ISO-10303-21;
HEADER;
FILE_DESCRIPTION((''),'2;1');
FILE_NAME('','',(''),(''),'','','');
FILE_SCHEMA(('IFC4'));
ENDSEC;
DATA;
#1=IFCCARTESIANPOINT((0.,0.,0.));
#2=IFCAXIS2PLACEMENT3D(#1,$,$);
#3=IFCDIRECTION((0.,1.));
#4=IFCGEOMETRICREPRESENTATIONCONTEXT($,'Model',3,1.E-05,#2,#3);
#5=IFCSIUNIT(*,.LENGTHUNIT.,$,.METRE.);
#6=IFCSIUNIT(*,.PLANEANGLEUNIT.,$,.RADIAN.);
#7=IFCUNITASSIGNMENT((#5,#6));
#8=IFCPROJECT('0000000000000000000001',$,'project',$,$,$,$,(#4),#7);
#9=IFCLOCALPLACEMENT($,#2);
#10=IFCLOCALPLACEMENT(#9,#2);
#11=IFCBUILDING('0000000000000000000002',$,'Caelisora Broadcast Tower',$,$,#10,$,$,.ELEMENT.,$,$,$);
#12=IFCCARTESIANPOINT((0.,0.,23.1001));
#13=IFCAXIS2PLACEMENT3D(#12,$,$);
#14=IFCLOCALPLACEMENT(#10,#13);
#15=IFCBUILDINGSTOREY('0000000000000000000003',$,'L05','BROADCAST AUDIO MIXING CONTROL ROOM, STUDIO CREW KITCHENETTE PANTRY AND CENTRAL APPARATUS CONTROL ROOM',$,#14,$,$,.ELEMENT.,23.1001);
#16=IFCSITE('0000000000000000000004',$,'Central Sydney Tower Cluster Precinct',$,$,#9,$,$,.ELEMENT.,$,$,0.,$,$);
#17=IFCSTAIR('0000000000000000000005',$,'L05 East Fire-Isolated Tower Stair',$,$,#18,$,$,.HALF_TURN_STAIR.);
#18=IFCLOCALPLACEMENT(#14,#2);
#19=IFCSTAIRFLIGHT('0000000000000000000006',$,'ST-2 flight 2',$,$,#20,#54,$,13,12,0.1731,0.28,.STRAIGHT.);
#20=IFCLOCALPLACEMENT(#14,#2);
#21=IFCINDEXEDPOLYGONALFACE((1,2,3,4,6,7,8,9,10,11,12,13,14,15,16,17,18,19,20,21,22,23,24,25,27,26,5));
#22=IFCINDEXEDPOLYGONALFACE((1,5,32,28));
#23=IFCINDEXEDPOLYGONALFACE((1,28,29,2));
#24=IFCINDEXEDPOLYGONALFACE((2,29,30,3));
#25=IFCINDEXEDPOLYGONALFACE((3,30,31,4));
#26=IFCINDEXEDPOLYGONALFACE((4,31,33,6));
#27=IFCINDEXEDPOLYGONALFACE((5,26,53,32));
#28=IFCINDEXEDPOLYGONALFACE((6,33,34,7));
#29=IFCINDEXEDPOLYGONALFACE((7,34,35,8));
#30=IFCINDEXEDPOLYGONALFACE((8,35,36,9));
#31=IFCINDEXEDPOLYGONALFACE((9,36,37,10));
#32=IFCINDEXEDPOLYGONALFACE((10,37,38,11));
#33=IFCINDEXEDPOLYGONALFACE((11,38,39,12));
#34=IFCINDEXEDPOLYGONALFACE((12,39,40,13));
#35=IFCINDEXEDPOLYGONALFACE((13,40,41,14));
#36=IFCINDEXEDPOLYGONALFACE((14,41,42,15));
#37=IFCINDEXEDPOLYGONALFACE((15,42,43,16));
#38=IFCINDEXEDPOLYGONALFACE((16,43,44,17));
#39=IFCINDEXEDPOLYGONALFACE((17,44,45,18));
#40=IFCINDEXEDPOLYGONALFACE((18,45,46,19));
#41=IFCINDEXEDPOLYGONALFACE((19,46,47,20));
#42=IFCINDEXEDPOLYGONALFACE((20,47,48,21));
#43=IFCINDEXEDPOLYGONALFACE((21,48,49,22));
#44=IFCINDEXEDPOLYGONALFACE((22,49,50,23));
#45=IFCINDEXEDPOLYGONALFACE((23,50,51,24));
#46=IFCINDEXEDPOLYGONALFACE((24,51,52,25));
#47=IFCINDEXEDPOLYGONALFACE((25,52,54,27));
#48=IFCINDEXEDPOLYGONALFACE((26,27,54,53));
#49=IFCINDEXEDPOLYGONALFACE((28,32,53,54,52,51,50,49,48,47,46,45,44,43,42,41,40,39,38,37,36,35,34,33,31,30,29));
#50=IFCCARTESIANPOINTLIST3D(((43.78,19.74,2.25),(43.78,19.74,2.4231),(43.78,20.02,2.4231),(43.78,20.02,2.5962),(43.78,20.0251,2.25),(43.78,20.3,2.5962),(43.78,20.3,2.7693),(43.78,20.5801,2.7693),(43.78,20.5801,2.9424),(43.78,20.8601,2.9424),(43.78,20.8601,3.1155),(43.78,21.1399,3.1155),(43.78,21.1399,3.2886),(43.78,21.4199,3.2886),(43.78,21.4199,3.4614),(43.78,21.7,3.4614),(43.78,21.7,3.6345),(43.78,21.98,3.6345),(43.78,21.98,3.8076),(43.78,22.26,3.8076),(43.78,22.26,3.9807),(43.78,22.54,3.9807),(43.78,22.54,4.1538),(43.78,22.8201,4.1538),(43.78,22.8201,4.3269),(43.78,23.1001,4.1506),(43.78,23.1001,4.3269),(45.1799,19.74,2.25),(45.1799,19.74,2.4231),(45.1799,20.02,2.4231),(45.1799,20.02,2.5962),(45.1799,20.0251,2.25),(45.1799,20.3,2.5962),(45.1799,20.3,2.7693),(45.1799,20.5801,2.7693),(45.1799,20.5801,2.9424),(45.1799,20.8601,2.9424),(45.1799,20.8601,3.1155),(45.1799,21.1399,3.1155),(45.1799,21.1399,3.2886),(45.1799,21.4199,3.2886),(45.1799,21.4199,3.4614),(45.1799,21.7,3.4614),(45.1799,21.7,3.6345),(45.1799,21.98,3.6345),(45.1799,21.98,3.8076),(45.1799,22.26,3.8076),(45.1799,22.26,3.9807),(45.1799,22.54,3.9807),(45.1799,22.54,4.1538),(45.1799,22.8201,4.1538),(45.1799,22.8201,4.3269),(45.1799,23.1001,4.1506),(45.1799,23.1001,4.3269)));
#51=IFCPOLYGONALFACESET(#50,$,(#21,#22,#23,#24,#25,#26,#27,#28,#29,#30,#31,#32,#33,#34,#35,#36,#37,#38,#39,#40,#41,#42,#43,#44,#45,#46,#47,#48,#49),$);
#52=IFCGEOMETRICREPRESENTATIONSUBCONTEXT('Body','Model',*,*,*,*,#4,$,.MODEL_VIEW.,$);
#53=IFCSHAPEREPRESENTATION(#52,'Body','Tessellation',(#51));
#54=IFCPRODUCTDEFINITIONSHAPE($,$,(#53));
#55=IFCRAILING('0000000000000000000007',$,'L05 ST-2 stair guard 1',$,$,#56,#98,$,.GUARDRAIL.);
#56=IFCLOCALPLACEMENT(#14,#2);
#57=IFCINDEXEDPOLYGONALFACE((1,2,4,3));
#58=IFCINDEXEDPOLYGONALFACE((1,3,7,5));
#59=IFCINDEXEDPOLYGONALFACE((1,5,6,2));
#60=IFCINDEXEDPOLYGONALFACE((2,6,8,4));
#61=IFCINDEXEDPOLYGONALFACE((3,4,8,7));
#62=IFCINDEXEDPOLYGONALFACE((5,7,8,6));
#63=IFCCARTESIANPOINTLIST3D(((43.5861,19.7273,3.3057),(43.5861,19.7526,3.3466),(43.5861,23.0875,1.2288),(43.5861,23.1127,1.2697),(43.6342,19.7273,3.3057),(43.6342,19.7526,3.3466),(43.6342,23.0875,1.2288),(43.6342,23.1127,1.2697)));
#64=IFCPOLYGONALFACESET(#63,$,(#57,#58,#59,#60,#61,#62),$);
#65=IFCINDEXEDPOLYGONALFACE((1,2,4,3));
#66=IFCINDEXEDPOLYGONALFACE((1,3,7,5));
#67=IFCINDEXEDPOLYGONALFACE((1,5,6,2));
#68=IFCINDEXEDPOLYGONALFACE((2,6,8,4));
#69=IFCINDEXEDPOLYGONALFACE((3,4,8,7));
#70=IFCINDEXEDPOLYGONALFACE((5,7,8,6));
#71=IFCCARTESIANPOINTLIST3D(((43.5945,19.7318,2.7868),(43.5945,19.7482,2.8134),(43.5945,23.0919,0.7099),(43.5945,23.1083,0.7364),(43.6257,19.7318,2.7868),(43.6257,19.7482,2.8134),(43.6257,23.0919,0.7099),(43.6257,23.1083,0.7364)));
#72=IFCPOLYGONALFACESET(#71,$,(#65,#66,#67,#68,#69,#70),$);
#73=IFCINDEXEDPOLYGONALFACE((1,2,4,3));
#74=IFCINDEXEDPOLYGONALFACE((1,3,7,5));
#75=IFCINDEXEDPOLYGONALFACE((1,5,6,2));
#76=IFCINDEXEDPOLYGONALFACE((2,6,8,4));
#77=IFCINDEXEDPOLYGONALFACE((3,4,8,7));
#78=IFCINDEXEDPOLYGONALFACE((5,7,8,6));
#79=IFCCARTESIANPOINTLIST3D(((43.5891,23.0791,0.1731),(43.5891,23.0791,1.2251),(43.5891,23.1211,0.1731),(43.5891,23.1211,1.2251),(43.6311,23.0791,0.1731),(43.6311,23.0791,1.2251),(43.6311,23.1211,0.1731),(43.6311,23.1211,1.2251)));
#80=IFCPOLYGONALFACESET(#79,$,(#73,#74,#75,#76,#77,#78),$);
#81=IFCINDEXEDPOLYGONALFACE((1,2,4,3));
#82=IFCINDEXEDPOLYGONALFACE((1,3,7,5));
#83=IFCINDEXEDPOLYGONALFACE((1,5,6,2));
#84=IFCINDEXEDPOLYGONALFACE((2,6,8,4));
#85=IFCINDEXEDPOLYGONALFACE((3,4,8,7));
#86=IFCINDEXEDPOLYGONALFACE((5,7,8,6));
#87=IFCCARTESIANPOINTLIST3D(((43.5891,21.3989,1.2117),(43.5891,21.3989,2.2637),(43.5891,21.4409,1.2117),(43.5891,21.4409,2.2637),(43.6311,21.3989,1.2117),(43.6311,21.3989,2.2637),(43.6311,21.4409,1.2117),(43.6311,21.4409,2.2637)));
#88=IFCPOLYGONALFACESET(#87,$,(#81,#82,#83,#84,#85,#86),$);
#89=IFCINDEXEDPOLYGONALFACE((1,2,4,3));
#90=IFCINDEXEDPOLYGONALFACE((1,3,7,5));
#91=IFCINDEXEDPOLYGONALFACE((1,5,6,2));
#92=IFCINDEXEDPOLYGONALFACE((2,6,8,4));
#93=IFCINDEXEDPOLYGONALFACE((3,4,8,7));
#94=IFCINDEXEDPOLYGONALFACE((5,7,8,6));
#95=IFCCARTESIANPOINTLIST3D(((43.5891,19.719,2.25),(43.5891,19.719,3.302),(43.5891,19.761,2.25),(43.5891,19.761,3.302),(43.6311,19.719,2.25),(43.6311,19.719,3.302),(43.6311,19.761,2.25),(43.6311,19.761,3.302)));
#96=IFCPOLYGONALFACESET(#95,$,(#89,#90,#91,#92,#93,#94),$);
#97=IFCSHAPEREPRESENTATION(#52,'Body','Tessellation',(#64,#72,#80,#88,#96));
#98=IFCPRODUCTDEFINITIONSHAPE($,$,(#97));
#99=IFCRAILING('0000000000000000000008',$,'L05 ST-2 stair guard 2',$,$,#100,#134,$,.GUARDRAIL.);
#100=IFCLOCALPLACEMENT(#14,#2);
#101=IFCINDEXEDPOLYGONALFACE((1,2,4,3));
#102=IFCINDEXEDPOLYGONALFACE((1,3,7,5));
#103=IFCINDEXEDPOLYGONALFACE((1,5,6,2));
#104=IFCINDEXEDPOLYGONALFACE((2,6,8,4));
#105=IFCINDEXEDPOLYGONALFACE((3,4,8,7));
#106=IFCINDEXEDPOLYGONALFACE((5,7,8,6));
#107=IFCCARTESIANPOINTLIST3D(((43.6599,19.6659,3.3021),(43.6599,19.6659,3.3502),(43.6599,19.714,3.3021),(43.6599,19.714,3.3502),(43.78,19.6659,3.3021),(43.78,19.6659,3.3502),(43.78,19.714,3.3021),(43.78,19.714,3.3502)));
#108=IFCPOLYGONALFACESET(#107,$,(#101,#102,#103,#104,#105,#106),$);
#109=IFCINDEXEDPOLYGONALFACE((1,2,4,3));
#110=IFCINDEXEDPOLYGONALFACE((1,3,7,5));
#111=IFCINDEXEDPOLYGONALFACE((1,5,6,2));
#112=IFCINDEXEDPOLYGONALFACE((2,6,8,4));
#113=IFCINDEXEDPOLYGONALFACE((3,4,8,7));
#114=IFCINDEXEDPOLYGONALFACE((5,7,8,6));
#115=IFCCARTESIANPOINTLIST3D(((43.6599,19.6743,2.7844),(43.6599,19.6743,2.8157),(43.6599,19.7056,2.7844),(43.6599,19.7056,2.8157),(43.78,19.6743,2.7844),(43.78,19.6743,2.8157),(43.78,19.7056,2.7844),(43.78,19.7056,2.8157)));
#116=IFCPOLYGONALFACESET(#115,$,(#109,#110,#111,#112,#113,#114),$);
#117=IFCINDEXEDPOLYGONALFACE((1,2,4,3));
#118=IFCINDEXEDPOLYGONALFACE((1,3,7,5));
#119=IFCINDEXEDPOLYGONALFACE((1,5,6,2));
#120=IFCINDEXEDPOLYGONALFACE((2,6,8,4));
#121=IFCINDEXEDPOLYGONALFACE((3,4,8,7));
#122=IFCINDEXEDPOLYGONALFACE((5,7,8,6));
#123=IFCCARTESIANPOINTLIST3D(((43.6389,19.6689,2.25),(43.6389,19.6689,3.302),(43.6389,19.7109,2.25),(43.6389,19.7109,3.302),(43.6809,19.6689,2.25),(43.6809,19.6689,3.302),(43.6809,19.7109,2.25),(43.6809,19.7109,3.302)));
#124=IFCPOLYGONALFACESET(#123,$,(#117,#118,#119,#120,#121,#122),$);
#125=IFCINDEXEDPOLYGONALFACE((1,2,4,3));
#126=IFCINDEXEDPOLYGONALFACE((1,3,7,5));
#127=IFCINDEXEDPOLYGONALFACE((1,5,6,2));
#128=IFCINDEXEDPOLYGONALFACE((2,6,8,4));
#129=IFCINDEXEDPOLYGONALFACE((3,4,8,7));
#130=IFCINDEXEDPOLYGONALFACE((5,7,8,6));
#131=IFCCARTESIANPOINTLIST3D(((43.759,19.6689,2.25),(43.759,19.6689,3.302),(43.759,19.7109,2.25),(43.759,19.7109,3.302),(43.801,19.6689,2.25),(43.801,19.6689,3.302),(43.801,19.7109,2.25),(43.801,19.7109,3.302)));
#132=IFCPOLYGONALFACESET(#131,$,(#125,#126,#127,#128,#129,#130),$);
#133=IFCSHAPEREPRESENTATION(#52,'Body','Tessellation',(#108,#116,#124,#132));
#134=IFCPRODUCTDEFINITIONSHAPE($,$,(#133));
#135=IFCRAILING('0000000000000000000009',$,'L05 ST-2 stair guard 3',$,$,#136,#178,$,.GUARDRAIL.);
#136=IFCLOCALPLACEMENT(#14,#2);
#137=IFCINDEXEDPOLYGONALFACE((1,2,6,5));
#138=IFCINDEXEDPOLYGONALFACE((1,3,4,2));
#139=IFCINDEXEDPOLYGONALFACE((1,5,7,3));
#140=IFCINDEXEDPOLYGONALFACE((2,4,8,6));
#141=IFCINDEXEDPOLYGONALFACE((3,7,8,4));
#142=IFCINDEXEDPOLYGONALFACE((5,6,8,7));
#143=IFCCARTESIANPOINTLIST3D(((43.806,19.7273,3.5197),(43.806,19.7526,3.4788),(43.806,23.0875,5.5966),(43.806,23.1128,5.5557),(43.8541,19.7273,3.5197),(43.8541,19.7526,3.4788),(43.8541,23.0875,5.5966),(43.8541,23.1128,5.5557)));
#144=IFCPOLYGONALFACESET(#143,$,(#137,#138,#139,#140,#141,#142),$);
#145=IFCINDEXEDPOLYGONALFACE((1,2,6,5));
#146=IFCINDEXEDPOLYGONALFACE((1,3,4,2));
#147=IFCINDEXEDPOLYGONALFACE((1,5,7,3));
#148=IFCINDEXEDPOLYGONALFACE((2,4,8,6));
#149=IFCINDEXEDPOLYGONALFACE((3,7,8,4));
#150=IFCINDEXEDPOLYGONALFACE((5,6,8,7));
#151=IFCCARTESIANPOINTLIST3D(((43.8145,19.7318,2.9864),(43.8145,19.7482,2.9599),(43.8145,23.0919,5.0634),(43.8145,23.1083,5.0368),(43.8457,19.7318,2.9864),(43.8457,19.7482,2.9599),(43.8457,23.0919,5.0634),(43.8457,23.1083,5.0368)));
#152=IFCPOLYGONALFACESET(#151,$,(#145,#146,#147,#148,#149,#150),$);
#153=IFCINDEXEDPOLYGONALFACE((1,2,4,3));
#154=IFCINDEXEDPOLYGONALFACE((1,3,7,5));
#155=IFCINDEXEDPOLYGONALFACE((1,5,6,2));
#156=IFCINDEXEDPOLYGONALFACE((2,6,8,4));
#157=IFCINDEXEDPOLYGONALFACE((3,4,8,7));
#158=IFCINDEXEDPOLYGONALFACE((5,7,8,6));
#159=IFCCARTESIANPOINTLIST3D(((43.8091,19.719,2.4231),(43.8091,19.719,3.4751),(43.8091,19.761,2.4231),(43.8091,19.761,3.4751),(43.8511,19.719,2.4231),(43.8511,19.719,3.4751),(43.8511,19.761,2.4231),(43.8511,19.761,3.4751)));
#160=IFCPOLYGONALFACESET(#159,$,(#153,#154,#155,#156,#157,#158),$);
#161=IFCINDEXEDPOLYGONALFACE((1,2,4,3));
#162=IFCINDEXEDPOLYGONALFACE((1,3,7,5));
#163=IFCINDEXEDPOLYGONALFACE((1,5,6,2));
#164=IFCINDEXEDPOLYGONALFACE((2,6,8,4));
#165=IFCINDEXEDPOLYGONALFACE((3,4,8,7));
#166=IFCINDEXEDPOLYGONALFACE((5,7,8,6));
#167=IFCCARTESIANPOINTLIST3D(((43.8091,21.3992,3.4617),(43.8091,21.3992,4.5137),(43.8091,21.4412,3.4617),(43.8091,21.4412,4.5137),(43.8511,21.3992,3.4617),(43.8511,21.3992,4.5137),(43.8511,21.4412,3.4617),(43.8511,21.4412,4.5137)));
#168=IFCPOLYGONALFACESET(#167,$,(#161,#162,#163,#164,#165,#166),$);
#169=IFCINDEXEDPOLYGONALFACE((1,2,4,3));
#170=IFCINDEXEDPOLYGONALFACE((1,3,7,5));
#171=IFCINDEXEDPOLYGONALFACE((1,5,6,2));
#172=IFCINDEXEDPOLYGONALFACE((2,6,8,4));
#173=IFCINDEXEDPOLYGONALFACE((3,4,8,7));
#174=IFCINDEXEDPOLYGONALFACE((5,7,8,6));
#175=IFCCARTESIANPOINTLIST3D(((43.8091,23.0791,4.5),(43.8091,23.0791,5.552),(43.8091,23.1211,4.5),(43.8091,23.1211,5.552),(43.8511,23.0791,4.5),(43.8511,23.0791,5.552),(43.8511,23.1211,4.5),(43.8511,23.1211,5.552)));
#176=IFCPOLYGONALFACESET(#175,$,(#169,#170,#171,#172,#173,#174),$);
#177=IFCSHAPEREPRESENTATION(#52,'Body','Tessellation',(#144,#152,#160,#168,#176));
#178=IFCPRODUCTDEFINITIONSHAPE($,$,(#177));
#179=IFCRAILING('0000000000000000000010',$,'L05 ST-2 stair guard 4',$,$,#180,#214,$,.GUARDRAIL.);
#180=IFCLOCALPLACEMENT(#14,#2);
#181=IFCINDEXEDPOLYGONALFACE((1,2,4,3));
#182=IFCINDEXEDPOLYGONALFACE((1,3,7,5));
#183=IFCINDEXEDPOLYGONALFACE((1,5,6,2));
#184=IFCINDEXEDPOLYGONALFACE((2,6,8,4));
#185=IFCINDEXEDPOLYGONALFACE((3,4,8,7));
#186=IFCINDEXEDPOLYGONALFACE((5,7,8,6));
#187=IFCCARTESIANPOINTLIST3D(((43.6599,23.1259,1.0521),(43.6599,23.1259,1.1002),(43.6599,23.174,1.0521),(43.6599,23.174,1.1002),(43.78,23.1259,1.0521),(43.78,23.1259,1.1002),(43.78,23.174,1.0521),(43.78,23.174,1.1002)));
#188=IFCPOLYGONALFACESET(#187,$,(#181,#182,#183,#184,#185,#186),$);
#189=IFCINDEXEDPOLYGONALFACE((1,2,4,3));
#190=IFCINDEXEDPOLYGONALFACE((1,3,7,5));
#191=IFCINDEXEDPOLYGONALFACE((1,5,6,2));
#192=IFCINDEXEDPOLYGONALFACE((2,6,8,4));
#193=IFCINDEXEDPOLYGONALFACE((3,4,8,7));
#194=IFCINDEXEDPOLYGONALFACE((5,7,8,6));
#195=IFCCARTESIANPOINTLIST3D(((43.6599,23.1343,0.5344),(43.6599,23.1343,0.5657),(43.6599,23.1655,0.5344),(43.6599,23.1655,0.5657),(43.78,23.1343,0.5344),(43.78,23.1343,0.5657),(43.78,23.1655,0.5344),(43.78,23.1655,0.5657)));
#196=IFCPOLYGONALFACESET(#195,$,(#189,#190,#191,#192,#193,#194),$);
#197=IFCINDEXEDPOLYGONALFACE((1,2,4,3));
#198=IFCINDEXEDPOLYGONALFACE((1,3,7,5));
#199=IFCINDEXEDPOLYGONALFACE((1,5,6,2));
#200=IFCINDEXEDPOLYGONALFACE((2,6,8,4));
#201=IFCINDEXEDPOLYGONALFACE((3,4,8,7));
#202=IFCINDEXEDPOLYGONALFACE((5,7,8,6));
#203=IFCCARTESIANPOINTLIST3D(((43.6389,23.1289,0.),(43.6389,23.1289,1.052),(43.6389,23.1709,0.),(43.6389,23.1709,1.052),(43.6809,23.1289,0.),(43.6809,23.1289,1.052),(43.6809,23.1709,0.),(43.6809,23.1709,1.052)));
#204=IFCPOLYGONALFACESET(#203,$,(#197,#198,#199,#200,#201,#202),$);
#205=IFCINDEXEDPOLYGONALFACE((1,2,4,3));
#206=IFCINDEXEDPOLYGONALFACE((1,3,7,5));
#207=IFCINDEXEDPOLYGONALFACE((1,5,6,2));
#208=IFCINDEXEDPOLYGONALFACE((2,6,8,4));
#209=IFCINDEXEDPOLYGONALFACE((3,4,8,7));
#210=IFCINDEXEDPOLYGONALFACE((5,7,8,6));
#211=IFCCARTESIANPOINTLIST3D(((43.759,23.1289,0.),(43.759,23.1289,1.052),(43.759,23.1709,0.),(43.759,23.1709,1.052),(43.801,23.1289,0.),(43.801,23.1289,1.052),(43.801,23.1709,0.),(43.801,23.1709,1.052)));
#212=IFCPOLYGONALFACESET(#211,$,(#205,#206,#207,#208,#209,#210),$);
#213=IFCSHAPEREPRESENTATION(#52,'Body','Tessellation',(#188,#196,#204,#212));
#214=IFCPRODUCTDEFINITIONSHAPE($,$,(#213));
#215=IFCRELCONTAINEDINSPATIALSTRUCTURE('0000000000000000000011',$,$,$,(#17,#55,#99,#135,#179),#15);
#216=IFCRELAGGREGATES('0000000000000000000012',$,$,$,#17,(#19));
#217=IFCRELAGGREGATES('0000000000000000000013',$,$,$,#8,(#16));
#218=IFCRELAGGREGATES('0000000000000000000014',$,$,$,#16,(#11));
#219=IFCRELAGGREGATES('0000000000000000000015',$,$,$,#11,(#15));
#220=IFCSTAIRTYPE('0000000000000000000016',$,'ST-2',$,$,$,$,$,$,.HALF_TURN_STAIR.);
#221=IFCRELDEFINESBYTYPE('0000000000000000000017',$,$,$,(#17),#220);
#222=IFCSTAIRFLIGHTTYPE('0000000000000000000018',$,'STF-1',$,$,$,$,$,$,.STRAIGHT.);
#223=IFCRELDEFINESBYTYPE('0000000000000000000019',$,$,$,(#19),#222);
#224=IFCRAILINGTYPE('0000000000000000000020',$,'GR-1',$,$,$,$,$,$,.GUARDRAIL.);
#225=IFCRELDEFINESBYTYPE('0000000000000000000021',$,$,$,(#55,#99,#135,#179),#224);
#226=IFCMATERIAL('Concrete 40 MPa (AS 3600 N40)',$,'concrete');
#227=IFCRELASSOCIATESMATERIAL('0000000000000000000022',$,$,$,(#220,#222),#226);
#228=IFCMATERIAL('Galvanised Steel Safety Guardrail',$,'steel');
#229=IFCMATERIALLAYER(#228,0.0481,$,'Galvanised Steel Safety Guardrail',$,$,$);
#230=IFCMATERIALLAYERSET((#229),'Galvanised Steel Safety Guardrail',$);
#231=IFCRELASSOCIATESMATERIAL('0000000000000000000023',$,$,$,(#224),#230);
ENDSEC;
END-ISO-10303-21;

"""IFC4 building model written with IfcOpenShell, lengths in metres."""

from ifc_helpers import new_model, si_unit, direction, frame, origin, origin_2d, place, context, subcontext, project, spatial, polyline, rectangle, outline, extrude, material, layer, layer_set, type_object, element, aggregate, save


model = new_model("IFC4")

# Units and contexts
model_context = context("Model", 3, precision=1e-05, world=origin(), true_north=direction((0.0, 1.0)))
body_context = subcontext(model_context, "Body", "Model", "MODEL_VIEW")
ifc_project = project(units=[si_unit("LENGTHUNIT", "METRE"), si_unit("PLANEANGLEUNIT", "RADIAN")], contexts=[model_context])

# Site, building, storey
site_placement = place(None, origin())
site = spatial("IfcSite", under=ifc_project, at=site_placement, Name="Central Sydney Tower Cluster Precinct", CompositionType="ELEMENT", RefElevation=0.0)
building_placement = place(site_placement, origin())
building = spatial("IfcBuilding", under=site, at=building_placement, Name="Caelisora Broadcast Tower", CompositionType="ELEMENT")
storey_placement = place(building_placement, frame((0.0, 0.0, 23.1001)))
storey = spatial("IfcBuildingStorey", under=building, at=storey_placement, Name="L05", Description="BROADCAST AUDIO MIXING CONTROL ROOM, STUDIO CREW KITCHENETTE PANTRY AND CENTRAL APPARATUS CONTROL ROOM", CompositionType="ELEMENT", Elevation=23.1001)

# Stair, stair flight
ifc_material_1 = material(Name="Concrete 40 MPa (AS 3600 N40)", Category="concrete")
stair_type = type_object("IfcStairType", Name="ST-2", PredefinedType="HALF_TURN_STAIR", material=ifc_material_1)
stair_placement = place(storey_placement, origin())
stair = element("IfcStair", 1, at=stair_placement, inside=storey, type_object=stair_type, Name="L05 East Fire-Isolated Tower Stair", PredefinedType="HALF_TURN_STAIR")
stair_flight_type = type_object("IfcStairFlightType", Name="STF-1", PredefinedType="STRAIGHT", material=ifc_material_1)
stair_flight_1_placement = place(storey_placement, frame((44.48, 19.74, 2.25), z_axis=(0.0, 0.0, 1.0), x_axis=(0.0, 1.0, 0.0)))
stair_flight_1 = element("IfcStairFlight", 2, at=stair_flight_1_placement, type_object=stair_flight_type, Name="ST-2 flight 2", NumberOfRisers=13, NumberOfTreads=12, PredefinedType="STRAIGHT", RiserHeight=0.1731, TreadLength=0.28, context=body_context, shape_type="SweptSolid", body=[
    extrude(outline(polyline([(0.0, 0.0), (0.0, 0.1731), (0.28, 0.1731), (0.28, 0.3462), (0.5601, 0.3462), (0.5601, 0.5193), (0.8401, 0.5193), (0.8401, 0.6924), (1.1201, 0.6924), (1.1201, 0.8655), (1.3999, 0.8655), (1.3999, 1.0386), (1.6799, 1.0386), (1.6799, 1.2114), (1.96, 1.2114), (1.96, 1.3845), (2.24, 1.3845), (2.24, 1.5576), (2.52, 1.5576), (2.52, 1.7307), (2.8, 1.7307), (2.8, 1.9038), (3.0801, 1.9038), (3.0801, 2.0769), (3.3601, 2.0769), (3.3601, 2.25), (3.3601, 1.9006), (0.2852, 0.0), (0.0, 0.0)])), frame((0.0, 0.7, 0.0), z_axis=(0.0, -1.0, 0.0), x_axis=(1.0, 0.0, 0.0)), (0.0, 0.0, 1.0), 1.3999),
])
aggregate(stair, [stair_flight_1])

# Railings
ifc_material_2 = material(Name="Galvanised Steel Safety Guardrail", Category="steel")
ifc_layer_1 = layer(ifc_material_2, 0.0481, Name="Galvanised Steel Safety Guardrail")
ifc_layer_set_1 = layer_set([ifc_layer_1], Name="Galvanised Steel Safety Guardrail")
railing_type_1 = type_object("IfcRailingType", Name="GR-1", PredefinedType="GUARDRAIL", material=ifc_layer_set_1)
railing_1_placement = place(storey_placement, frame((43.6101, 23.1001, 0.1731)))
element("IfcRailing", 3, at=railing_1_placement, inside=storey, type_object=railing_type_1, Name="L05 ST-2 stair guard 1", PredefinedType="GUARDRAIL", context=body_context, shape_type="SweptSolid", body=[
    extrude(rectangle(XDim=0.0481, YDim=0.0481, at=origin_2d()), frame((0.0, 0.0, 1.0762), z_axis=(0.0, -0.850623, 0.525776), x_axis=(1.0, 0.0, 0.0)), (0.0, 0.0, 1.0), 3.9502),
    extrude(rectangle(XDim=0.0312, YDim=0.0312, at=origin_2d()), frame((0.0, 0.0, 0.55), z_axis=(0.0, -0.850623, 0.525776), x_axis=(1.0, 0.0, 0.0)), (0.0, 0.0, 1.0), 3.9502),
    extrude(rectangle(XDim=0.042, YDim=0.042, at=origin_2d()), origin(), (0.0, 0.0, 1.0), 1.052),
    extrude(rectangle(XDim=0.042, YDim=0.042, at=origin_2d()), frame((0.0, -1.6802, 1.0386)), (0.0, 0.0, 1.0), 1.052),
    extrude(rectangle(XDim=0.042, YDim=0.042, at=origin_2d()), frame((0.0, -3.3601, 2.0769)), (0.0, 0.0, 1.0), 1.052),
])
railing_2_placement = place(storey_placement, frame((43.6599, 19.6899, 2.25)))
element("IfcRailing", 4, at=railing_2_placement, inside=storey, type_object=railing_type_1, Name="L05 ST-2 stair guard 2", PredefinedType="GUARDRAIL", context=body_context, shape_type="SweptSolid", body=[
    extrude(rectangle(XDim=0.0481, YDim=0.0481, at=origin_2d()), frame((0.0, 0.0, 1.0762), z_axis=(1.0, 0.0, 0.0), x_axis=(0.0, 1.0, 0.0)), (0.0, 0.0, 1.0), 0.1201),
    extrude(rectangle(XDim=0.0312, YDim=0.0312, at=origin_2d()), frame((0.0, 0.0, 0.55), z_axis=(1.0, 0.0, 0.0), x_axis=(0.0, 1.0, 0.0)), (0.0, 0.0, 1.0), 0.1201),
    extrude(rectangle(XDim=0.042, YDim=0.042, at=origin_2d()), origin(), (0.0, 0.0, 1.0), 1.052),
    extrude(rectangle(XDim=0.042, YDim=0.042, at=origin_2d()), frame((0.1201, 0.0, 0.0)), (0.0, 0.0, 1.0), 1.052),
])
railing_3_placement = place(storey_placement, frame((43.8301, 19.74, 2.4231)))
element("IfcRailing", 5, at=railing_3_placement, inside=storey, type_object=railing_type_1, Name="L05 ST-2 stair guard 3", PredefinedType="GUARDRAIL", context=body_context, shape_type="SweptSolid", body=[
    extrude(rectangle(XDim=0.0481, YDim=0.0481, at=origin_2d()), frame((0.0, 0.0, 1.0762), z_axis=(0.0, 0.850623, 0.525776), x_axis=(-1.0, 0.0, 0.0)), (0.0, 0.0, 1.0), 3.9502),
    extrude(rectangle(XDim=0.0312, YDim=0.0312, at=origin_2d()), frame((0.0, 0.0, 0.55), z_axis=(0.0, 0.850623, 0.525776), x_axis=(-1.0, 0.0, 0.0)), (0.0, 0.0, 1.0), 3.9502),
    extrude(rectangle(XDim=0.042, YDim=0.042, at=origin_2d()), origin(), (0.0, 0.0, 1.0), 1.052),
    extrude(rectangle(XDim=0.042, YDim=0.042, at=origin_2d()), frame((0.0, 1.6802, 1.0386)), (0.0, 0.0, 1.0), 1.052),
    extrude(rectangle(XDim=0.042, YDim=0.042, at=origin_2d()), frame((0.0, 3.3601, 2.0769)), (0.0, 0.0, 1.0), 1.052),
])
railing_4_placement = place(storey_placement, frame((43.6599, 23.1499, 0.0)))
element("IfcRailing", 6, at=railing_4_placement, inside=storey, type_object=railing_type_1, Name="L05 ST-2 stair guard 4", PredefinedType="GUARDRAIL", context=body_context, shape_type="SweptSolid", body=[
    extrude(rectangle(XDim=0.0481, YDim=0.0481, at=origin_2d()), frame((0.0, 0.0, 1.0762), z_axis=(1.0, 0.0, 0.0), x_axis=(0.0, 1.0, 0.0)), (0.0, 0.0, 1.0), 0.1201),
    extrude(rectangle(XDim=0.0312, YDim=0.0312, at=origin_2d()), frame((0.0, 0.0, 0.55), z_axis=(1.0, 0.0, 0.0), x_axis=(0.0, 1.0, 0.0)), (0.0, 0.0, 1.0), 0.1201),
    extrude(rectangle(XDim=0.042, YDim=0.042, at=origin_2d()), origin(), (0.0, 0.0, 1.0), 1.052),
    extrude(rectangle(XDim=0.042, YDim=0.042, at=origin_2d()), frame((0.1201, 0.0, 0.0)), (0.0, 0.0, 1.0), 1.052),
])

save(model, "model.ifc")
